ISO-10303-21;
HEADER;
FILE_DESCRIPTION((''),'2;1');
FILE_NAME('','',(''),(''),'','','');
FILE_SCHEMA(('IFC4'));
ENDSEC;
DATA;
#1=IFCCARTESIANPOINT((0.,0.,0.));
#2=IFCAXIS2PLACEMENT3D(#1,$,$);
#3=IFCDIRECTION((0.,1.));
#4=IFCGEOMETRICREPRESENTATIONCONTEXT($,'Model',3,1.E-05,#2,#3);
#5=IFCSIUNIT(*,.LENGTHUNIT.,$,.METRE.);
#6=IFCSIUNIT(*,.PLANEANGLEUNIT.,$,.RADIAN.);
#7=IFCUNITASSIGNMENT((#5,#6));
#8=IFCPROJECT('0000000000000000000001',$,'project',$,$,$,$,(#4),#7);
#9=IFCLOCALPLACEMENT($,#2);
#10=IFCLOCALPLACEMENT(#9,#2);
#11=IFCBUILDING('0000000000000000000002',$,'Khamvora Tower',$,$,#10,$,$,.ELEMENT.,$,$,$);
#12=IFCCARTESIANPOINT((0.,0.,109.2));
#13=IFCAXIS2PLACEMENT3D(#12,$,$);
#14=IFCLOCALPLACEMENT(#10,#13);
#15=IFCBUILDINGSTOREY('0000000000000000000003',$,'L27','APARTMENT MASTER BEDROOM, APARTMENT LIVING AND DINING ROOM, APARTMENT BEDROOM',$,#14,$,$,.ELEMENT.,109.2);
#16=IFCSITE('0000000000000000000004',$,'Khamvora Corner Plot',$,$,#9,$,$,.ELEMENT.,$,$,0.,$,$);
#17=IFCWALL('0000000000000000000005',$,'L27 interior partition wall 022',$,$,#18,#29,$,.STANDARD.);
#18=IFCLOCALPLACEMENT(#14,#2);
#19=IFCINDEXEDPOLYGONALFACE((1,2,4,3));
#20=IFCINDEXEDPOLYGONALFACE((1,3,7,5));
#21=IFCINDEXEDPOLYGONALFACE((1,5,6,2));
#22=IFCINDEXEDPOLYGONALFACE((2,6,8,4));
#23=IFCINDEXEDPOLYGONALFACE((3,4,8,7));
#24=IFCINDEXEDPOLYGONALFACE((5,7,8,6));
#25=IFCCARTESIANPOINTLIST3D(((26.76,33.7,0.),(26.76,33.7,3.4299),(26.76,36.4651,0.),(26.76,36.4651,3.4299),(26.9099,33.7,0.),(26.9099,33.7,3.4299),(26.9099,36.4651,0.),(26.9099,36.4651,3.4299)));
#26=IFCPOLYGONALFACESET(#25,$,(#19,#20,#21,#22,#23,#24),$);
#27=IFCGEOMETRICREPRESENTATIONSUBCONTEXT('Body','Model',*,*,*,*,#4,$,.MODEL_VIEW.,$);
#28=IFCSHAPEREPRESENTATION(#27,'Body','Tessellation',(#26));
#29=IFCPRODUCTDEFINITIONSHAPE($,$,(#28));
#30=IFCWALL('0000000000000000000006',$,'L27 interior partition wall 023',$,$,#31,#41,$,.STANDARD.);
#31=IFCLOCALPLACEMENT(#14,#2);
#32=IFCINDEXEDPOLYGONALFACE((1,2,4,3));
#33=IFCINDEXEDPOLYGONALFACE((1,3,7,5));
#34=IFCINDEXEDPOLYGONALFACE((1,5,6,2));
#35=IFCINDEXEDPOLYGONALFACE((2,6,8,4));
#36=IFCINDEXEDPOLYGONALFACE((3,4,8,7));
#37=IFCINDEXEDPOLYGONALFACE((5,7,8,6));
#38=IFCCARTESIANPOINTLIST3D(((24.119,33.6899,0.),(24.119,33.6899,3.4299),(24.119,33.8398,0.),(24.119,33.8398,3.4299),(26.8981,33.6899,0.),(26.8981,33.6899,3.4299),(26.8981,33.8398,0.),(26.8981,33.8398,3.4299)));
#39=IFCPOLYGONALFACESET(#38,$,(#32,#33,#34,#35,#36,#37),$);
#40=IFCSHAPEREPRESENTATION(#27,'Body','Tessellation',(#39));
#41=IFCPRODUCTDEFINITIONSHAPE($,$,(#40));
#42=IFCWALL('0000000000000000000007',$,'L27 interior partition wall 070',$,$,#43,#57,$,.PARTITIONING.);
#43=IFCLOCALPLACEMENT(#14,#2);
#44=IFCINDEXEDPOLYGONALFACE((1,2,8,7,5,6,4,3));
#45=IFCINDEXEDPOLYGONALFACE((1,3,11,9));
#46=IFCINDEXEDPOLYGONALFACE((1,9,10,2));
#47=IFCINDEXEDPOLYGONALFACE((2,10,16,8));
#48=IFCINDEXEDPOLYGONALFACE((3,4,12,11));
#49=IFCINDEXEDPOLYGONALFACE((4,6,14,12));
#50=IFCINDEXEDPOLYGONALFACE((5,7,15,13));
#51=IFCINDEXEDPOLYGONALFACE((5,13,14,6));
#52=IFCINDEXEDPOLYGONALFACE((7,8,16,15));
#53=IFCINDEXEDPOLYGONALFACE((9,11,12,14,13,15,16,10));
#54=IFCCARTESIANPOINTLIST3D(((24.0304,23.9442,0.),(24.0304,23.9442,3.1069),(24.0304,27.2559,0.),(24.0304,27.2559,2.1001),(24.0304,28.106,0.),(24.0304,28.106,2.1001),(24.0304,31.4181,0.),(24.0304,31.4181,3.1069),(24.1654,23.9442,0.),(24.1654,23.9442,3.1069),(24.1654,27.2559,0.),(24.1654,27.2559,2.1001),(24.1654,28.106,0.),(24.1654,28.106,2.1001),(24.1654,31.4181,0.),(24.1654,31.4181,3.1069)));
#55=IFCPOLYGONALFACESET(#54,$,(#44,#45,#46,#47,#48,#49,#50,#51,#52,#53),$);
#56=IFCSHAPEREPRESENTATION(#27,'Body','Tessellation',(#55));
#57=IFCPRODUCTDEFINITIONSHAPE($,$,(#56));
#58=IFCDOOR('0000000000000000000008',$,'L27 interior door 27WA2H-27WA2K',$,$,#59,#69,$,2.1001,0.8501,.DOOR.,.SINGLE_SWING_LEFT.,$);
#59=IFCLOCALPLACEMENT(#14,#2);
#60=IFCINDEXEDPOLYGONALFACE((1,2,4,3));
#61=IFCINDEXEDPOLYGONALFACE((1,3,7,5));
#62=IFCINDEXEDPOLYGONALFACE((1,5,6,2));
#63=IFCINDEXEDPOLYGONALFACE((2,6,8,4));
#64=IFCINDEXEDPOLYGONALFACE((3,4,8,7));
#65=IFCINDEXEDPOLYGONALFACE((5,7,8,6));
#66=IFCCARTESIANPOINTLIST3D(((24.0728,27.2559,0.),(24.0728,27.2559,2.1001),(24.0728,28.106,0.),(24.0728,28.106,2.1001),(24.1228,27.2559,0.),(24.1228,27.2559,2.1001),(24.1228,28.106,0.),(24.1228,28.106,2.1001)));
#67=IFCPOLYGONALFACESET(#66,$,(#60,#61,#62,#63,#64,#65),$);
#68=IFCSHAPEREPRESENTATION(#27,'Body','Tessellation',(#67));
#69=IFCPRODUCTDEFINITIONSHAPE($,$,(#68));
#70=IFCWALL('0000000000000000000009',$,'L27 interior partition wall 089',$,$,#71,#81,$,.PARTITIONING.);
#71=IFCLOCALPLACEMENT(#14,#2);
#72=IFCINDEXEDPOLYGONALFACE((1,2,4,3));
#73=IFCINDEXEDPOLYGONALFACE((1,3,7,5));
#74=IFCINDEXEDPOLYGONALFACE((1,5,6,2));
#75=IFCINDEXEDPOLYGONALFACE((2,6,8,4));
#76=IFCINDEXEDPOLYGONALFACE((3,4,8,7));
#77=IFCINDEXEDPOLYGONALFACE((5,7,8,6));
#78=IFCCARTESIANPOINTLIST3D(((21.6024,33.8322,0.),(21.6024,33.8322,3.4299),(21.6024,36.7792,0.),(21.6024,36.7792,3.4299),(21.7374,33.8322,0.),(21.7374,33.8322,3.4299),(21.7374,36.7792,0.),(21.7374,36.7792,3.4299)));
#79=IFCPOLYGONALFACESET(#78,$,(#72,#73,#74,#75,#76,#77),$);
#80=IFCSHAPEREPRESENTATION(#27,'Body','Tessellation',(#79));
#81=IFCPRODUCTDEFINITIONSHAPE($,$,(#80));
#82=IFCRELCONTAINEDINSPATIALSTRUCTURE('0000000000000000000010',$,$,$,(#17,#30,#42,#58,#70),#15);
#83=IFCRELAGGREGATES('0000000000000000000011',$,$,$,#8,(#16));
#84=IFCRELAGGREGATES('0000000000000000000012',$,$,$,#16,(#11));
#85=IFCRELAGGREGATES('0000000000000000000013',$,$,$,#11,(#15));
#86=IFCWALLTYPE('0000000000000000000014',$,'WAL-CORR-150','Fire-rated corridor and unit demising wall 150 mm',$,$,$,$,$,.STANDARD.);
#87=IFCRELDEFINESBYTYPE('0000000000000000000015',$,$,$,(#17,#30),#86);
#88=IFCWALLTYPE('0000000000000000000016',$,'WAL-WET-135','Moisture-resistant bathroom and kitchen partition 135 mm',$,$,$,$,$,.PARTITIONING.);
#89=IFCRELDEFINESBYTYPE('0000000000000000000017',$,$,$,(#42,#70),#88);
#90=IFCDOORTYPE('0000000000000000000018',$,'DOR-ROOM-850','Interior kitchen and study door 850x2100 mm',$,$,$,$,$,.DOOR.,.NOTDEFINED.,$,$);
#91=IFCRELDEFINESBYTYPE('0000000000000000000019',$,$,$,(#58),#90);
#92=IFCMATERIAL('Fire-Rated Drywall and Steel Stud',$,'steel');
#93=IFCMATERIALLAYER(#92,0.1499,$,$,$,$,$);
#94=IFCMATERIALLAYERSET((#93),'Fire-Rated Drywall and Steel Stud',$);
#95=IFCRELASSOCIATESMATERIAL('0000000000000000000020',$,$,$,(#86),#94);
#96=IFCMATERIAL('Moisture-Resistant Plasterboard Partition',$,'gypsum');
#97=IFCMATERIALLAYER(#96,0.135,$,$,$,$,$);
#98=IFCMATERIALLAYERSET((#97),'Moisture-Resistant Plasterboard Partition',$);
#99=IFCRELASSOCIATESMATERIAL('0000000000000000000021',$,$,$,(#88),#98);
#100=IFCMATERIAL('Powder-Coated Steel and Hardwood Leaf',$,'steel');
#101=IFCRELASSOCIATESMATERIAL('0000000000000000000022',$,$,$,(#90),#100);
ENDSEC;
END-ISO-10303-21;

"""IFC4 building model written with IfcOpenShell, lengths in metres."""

from ifc_helpers import new_model, si_unit, direction, frame, frame_2d, origin, place, context, subcontext, project, spatial, rectangle, extrude, material, layer, layer_set, type_object, element, fill, save


model = new_model("IFC4")

# Units and contexts
model_context = context("Model", 3, precision=1e-05, world=origin(), true_north=direction((0.0, 1.0)))
body_context = subcontext(model_context, "Body", "Model", "MODEL_VIEW")
ifc_project = project(units=[si_unit("LENGTHUNIT", "METRE"), si_unit("PLANEANGLEUNIT", "RADIAN")], contexts=[model_context])

# Site, building, storey
site_placement = place(None, origin())
site = spatial("IfcSite", under=ifc_project, at=site_placement, Name="Khamvora Corner Plot", CompositionType="ELEMENT", RefElevation=0.0)
building_placement = place(site_placement, origin())
building = spatial("IfcBuilding", under=site, at=building_placement, Name="Khamvora Tower", CompositionType="ELEMENT")
storey_placement = place(building_placement, frame((0.0, 0.0, 109.2)))
storey = spatial("IfcBuildingStorey", under=building, at=storey_placement, Name="L27", Description="APARTMENT MASTER BEDROOM, APARTMENT LIVING AND DINING ROOM, APARTMENT BEDROOM", CompositionType="ELEMENT", Elevation=109.2)

# Shared definitions
ifc_material_1 = material(Name="Fire-Rated Drywall and Steel Stud", Category="steel")
ifc_layer_1 = layer(ifc_material_1, 0.1499)
ifc_layer_set_1 = layer_set([ifc_layer_1], Name="Fire-Rated Drywall and Steel Stud")
wall_type_1 = type_object("IfcWallType", Name="WAL-CORR-150", Description="Fire-rated corridor and unit demising wall 150 mm", PredefinedType="STANDARD", material=ifc_layer_set_1)

# Shared definitions
ifc_material_2 = material(Name="Powder-Coated Steel and Hardwood Leaf", Category="steel")

# Walls
wall_1_placement = place(storey_placement, frame((26.835, 33.7, 0.0), z_axis=(0.0, 0.0, 1.0), x_axis=(0.0, 1.0, 0.0)))
element("IfcWall", 1, at=wall_1_placement, inside=storey, type_object=wall_type_1, Name="L27 interior partition wall 022", PredefinedType="STANDARD", context=body_context, shape_type="SweptSolid", body=[
    extrude(rectangle(XDim=2.7651, YDim=0.1499, at=frame_2d((1.3826, 0.0))), origin(), (0.0, 0.0, 1.0), 3.4299),
])
wall_2_placement = place(storey_placement, frame((24.1189, 33.7649, 0.0), z_axis=(0.0, 0.0, 1.0), x_axis=(1.0, 0.0, 0.0)))
element("IfcWall", 2, at=wall_2_placement, inside=storey, type_object=wall_type_1, Name="L27 interior partition wall 023", PredefinedType="STANDARD", context=body_context, shape_type="SweptSolid", body=[
    extrude(rectangle(XDim=2.7791, YDim=0.1499, at=frame_2d((1.3896, 0.0))), origin(), (0.0, 0.0, 1.0), 3.4299),
])

# Wall, opening, door
ifc_material_3 = material(Name="Moisture-Resistant Plasterboard Partition", Category="gypsum")
ifc_layer_2 = layer(ifc_material_3, 0.135)
ifc_layer_set_2 = layer_set([ifc_layer_2], Name="Moisture-Resistant Plasterboard Partition")
wall_type_2 = type_object("IfcWallType", Name="WAL-WET-135", Description="Moisture-resistant bathroom and kitchen partition 135 mm", PredefinedType="PARTITIONING", material=ifc_layer_set_2)
wall_3_placement = place(storey_placement, frame((24.0979, 31.418, 0.0), z_axis=(0.0, 0.0, 1.0), x_axis=(0.0, -1.0, 0.0)))
wall_3 = element("IfcWall", 3, at=wall_3_placement, inside=storey, type_object=wall_type_2, Name="L27 interior partition wall 070", PredefinedType="PARTITIONING", context=body_context, shape_type="SweptSolid", body=[
    extrude(rectangle(XDim=7.4739, YDim=0.135, at=frame_2d((3.7368, 0.0))), origin(), (0.0, 0.0, 1.0), 3.1069),
])
opening_1_placement = place(wall_3_placement, frame((3.312, 0.0, 0.0)))
opening_1 = element("IfcOpeningElement", 4, at=opening_1_placement, cuts=wall_3, PredefinedType="OPENING", context=body_context, shape_type="SweptSolid", body=[
    extrude(rectangle(XDim=0.8501, YDim=2.1001, at=frame_2d((0.425, 1.05))), frame((0.0, 0.0774, 0.0), z_axis=(0.0, -1.0, 0.0), x_axis=(1.0, 0.0, 0.0)), (0.0, 0.0, 1.0), 0.155),
])
door_type_1 = type_object("IfcDoorType", Name="DOR-ROOM-850", Description="Interior kitchen and study door 850x2100 mm", OperationType="NOTDEFINED", PredefinedType="DOOR", material=ifc_material_2)
door_1_placement = place(opening_1_placement, origin())
door_1 = element("IfcDoor", 5, at=door_1_placement, inside=storey, type_object=door_type_1, Name="L27 interior door 27WA2H-27WA2K", OperationType="SINGLE_SWING_LEFT", OverallHeight=2.1001, OverallWidth=0.8501, PredefinedType="DOOR", context=body_context, shape_type="SweptSolid", body=[
    extrude(rectangle(XDim=0.8501, YDim=2.1001, at=frame_2d((0.425, 1.05))), frame((0.0, 0.0249, 0.0), z_axis=(0.0, -1.0, 0.0), x_axis=(1.0, 0.0, 0.0)), (0.0, 0.0, 1.0), 0.05),
])
fill(opening_1, door_1)

# Wall
wall_4_placement = place(storey_placement, frame((21.6699, 33.832, 0.0), z_axis=(0.0, 0.0, 1.0), x_axis=(0.0, 1.0, 0.0)))
element("IfcWall", 6, at=wall_4_placement, inside=storey, type_object=wall_type_2, Name="L27 interior partition wall 089", PredefinedType="PARTITIONING", context=body_context, shape_type="SweptSolid", body=[
    extrude(rectangle(XDim=2.947, YDim=0.135, at=frame_2d((1.4736, 0.0))), origin(), (0.0, 0.0, 1.0), 3.4299),
])

save(model, "model.ifc")
